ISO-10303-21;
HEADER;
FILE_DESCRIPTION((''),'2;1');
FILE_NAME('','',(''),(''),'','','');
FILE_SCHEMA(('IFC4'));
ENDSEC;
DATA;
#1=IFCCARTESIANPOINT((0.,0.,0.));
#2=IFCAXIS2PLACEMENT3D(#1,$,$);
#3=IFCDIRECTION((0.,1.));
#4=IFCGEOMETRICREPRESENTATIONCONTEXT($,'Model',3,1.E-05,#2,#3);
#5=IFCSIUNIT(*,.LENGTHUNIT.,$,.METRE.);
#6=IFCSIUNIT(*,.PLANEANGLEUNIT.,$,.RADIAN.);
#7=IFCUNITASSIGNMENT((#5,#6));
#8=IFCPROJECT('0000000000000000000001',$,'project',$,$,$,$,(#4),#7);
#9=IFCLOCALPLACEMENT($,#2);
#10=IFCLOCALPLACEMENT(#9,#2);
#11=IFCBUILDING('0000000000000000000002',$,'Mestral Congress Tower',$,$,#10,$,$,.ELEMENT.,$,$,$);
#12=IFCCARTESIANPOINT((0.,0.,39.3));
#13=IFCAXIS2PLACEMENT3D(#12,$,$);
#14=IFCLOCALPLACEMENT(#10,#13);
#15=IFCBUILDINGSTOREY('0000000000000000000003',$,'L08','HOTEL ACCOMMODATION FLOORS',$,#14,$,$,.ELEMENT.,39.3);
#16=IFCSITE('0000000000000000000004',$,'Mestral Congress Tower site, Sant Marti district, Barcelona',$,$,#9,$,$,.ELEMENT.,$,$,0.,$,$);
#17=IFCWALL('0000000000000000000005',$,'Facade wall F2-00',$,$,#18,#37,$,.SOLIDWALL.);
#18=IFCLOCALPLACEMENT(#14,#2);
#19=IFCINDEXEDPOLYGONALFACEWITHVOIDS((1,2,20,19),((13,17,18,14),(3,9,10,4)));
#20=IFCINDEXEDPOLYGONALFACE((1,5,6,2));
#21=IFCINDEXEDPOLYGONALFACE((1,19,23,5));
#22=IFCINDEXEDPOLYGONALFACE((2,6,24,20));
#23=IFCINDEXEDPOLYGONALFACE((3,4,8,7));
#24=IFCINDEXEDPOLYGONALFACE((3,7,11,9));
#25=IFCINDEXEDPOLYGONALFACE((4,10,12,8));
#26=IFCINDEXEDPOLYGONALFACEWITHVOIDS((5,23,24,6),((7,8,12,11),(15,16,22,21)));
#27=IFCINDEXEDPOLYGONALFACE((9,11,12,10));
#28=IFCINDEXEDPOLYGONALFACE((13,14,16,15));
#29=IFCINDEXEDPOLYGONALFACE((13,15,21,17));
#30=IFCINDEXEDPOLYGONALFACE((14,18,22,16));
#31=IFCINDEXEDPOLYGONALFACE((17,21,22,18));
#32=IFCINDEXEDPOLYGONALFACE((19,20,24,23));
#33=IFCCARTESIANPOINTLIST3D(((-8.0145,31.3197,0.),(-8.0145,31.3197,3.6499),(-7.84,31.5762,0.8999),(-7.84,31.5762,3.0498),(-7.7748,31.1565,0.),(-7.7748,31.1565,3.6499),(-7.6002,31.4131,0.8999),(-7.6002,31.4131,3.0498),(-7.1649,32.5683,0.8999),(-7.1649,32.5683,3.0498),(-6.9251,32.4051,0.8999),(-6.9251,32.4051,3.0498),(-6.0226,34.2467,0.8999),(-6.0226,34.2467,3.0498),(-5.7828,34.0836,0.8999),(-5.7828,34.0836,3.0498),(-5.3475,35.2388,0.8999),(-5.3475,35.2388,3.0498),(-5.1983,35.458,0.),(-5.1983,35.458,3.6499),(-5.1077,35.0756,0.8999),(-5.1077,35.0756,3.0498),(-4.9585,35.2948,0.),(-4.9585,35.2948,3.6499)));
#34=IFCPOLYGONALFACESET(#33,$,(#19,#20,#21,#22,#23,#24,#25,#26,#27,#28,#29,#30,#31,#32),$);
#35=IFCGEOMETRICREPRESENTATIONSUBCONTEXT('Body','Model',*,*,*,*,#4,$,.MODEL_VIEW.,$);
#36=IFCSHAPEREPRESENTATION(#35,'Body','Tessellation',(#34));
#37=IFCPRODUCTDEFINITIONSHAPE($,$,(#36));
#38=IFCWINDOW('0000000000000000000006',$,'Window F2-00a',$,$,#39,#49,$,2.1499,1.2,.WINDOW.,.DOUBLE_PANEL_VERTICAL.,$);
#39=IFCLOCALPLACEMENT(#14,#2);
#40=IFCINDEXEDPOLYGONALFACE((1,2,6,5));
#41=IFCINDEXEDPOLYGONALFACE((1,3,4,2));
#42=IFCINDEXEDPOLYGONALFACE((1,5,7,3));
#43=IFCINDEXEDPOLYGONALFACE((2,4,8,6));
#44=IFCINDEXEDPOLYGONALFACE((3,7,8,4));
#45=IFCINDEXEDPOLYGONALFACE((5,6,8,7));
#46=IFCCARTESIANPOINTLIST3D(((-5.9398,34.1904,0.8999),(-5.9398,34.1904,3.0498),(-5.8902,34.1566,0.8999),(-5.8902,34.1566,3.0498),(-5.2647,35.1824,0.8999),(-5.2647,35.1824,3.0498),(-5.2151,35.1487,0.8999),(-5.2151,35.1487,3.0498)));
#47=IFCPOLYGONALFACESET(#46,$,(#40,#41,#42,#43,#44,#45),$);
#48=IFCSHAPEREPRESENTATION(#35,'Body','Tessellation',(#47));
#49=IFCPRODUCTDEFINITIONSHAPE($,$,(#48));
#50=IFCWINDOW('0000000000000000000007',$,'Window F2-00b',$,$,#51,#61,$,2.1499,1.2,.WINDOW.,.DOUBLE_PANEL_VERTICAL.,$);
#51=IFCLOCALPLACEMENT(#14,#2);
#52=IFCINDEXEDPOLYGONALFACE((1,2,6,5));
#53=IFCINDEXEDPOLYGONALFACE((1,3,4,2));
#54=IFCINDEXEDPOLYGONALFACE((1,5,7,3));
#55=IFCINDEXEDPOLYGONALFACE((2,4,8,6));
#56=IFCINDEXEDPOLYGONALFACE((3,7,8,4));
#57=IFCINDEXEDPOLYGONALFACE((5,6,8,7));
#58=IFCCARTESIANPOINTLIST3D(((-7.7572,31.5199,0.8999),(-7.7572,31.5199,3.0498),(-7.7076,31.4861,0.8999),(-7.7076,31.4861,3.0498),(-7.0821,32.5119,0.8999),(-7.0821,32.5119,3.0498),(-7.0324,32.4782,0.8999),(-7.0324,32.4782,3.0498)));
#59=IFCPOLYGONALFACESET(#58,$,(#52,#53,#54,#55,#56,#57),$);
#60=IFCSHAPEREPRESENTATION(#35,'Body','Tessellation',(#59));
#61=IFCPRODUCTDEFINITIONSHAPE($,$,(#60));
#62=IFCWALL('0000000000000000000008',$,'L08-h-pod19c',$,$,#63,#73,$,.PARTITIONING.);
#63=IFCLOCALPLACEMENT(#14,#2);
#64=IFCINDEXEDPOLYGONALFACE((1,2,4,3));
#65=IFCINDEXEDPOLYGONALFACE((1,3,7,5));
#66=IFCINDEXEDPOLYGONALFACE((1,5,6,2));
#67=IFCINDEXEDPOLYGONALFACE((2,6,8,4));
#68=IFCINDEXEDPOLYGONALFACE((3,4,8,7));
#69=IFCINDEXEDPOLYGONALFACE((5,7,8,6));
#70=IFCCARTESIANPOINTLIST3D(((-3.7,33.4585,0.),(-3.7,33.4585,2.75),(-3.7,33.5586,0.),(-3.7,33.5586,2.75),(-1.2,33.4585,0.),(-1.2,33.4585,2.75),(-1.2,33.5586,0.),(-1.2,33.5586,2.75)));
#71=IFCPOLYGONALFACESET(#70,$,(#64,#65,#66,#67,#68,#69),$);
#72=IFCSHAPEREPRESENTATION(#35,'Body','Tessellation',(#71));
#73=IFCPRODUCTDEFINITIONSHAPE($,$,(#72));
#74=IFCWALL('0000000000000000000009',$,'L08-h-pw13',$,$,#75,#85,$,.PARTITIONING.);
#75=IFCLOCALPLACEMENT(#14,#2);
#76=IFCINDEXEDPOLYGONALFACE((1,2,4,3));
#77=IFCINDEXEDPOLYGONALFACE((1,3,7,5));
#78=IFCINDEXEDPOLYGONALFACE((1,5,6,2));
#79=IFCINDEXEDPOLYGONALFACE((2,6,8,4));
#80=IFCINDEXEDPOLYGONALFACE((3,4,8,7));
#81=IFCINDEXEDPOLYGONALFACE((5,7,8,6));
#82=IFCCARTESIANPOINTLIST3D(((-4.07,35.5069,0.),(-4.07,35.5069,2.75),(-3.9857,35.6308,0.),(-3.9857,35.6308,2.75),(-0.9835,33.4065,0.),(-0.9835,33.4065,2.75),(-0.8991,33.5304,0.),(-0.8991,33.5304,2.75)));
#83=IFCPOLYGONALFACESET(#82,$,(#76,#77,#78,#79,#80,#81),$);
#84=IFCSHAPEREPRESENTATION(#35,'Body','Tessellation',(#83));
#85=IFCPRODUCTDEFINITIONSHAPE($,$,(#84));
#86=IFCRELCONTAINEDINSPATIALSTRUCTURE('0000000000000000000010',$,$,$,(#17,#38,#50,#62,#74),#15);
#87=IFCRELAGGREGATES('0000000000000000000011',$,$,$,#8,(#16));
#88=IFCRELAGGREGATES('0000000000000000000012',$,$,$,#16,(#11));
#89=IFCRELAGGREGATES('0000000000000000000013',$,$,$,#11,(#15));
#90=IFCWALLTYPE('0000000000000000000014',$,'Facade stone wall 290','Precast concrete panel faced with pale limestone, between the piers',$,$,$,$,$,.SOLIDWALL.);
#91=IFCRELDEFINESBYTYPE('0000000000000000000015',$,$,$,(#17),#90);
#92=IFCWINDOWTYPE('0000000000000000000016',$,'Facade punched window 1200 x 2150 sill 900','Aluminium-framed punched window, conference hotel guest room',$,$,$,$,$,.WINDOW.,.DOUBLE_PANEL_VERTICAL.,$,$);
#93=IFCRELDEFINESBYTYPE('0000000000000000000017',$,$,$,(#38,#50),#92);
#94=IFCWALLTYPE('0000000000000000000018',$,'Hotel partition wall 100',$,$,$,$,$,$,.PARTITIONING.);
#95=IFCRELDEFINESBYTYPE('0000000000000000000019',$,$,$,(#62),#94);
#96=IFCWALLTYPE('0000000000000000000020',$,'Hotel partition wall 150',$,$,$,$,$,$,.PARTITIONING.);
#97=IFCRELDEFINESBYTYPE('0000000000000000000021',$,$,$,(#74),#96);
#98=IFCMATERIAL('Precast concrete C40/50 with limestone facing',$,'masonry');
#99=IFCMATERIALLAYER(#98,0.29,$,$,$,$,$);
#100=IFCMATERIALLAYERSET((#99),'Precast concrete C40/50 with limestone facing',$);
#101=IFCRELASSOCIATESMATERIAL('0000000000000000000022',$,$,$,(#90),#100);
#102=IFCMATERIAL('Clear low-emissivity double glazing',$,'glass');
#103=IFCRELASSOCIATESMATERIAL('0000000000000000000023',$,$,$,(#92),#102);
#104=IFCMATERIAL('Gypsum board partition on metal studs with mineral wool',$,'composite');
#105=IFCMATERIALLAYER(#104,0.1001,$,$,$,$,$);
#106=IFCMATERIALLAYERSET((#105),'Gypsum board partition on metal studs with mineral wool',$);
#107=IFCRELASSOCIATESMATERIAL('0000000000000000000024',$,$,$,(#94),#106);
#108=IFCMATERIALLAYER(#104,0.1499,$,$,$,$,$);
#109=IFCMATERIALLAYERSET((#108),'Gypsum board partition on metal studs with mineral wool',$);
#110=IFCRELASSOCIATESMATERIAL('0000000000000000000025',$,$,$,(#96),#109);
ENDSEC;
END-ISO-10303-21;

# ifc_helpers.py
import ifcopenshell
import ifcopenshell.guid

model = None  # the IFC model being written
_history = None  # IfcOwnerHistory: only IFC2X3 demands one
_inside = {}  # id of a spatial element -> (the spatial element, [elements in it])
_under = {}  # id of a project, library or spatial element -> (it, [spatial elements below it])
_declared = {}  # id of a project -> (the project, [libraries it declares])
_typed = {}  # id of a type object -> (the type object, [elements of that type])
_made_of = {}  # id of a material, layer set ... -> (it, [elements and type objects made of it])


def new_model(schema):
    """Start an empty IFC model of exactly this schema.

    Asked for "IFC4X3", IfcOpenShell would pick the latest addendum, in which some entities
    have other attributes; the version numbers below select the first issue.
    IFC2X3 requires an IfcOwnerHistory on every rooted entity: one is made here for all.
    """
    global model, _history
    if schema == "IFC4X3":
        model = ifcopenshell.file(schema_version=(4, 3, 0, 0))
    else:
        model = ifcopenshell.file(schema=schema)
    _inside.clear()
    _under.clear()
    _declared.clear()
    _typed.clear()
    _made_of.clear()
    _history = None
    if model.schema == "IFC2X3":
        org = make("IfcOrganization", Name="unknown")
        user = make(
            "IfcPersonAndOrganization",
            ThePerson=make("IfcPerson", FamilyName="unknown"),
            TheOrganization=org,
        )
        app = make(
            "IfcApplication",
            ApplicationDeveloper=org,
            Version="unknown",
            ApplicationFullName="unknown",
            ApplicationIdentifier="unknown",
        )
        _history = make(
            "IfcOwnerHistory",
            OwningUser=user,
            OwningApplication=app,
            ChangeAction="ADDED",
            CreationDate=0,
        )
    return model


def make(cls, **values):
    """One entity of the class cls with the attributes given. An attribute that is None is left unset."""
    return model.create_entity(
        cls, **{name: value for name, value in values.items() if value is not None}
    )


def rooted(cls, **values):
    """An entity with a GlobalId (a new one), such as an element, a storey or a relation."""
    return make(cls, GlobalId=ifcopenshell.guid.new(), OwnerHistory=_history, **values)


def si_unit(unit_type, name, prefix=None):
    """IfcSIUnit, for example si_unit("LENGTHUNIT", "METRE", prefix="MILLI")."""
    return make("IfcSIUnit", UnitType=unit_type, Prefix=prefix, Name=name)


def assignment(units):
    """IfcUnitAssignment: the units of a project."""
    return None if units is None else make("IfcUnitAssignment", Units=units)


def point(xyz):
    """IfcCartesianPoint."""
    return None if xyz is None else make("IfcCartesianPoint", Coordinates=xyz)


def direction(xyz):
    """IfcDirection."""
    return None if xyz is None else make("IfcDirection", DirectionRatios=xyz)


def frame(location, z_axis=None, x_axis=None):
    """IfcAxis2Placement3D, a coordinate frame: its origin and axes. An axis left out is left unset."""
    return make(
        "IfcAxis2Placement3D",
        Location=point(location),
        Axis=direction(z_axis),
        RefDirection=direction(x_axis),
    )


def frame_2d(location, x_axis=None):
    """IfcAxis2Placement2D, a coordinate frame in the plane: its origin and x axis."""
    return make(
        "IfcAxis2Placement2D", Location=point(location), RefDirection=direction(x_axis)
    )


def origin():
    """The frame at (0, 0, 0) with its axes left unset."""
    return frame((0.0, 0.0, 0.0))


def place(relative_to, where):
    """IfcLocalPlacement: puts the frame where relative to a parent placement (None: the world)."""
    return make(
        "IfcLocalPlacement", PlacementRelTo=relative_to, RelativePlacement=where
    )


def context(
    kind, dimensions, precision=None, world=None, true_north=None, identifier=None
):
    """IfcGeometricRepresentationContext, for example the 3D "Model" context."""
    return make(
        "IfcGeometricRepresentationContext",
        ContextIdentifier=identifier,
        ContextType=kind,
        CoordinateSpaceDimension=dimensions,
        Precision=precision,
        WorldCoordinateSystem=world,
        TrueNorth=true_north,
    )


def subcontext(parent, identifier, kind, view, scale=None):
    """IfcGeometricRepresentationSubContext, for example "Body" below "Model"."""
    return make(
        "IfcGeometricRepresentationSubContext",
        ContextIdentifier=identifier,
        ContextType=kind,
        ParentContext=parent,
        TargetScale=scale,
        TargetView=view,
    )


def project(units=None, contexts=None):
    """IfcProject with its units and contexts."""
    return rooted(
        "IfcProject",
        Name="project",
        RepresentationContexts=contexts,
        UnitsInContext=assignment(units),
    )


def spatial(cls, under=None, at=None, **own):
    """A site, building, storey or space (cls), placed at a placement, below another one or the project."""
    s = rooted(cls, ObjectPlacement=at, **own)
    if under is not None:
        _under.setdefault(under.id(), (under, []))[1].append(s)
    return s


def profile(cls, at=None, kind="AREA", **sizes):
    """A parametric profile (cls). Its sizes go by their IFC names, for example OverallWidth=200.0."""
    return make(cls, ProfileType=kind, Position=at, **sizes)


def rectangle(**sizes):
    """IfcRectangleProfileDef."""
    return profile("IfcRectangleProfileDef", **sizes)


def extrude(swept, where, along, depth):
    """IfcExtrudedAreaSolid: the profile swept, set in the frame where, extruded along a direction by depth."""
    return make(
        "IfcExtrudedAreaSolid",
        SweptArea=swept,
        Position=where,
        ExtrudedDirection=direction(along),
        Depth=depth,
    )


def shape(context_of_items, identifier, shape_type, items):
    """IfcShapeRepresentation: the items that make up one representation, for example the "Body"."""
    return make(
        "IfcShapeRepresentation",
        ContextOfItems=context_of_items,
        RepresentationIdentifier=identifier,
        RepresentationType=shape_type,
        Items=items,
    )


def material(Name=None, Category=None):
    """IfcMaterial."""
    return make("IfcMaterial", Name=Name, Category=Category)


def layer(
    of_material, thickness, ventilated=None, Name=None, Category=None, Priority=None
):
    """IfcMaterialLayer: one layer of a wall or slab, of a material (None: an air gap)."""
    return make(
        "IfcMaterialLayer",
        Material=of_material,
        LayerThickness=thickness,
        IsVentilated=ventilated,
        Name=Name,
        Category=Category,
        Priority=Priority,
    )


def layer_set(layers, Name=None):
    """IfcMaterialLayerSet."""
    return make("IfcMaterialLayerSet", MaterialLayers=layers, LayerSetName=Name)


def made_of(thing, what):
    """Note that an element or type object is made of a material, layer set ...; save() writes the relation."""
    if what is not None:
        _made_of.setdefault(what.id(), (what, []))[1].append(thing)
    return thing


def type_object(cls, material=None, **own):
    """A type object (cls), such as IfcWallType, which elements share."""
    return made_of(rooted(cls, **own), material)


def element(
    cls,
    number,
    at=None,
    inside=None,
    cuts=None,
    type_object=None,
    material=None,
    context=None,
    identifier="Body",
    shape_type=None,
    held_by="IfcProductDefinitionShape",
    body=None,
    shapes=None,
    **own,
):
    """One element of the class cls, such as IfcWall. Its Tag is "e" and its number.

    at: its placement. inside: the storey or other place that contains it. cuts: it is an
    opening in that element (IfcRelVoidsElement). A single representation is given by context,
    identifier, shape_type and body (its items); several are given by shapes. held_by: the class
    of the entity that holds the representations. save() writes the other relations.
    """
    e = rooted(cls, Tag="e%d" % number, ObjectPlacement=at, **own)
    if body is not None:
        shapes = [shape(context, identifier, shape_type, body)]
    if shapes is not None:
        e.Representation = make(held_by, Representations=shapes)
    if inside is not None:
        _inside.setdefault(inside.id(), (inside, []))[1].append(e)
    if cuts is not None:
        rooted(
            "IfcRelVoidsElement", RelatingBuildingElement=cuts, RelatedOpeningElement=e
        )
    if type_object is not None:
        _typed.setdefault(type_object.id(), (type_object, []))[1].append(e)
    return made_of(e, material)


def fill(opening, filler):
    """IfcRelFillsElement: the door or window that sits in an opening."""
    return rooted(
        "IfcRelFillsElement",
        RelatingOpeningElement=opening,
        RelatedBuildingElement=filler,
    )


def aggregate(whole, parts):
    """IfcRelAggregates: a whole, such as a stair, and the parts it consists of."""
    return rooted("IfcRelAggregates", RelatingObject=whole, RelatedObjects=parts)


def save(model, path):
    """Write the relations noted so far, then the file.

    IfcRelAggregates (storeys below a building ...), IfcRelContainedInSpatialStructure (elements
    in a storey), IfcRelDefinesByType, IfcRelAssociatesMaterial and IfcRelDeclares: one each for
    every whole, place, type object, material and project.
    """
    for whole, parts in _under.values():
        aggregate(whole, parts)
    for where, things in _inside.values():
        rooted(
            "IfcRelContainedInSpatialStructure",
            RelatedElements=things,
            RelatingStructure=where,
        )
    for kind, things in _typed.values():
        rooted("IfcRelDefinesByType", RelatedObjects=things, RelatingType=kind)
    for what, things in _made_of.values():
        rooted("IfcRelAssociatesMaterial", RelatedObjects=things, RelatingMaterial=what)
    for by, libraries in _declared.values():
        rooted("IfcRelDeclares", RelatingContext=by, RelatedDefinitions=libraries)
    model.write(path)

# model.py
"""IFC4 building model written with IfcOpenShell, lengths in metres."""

from ifc_helpers import new_model, si_unit, direction, frame, frame_2d, origin, place, context, subcontext, project, spatial, rectangle, extrude, material, layer, layer_set, type_object, element, fill, save


model = new_model("IFC4")

# Units and contexts
model_context = context("Model", 3, precision=1e-05, world=origin(), true_north=direction((0.0, 1.0)))
body_context = subcontext(model_context, "Body", "Model", "MODEL_VIEW")
ifc_project = project(units=[si_unit("LENGTHUNIT", "METRE"), si_unit("PLANEANGLEUNIT", "RADIAN")], contexts=[model_context])

# Site, building, storey
site_placement = place(None, origin())
site = spatial("IfcSite", under=ifc_project, at=site_placement, Name="Mestral Congress Tower site, Sant Marti district, Barcelona", CompositionType="ELEMENT", RefElevation=0.0)
building_placement = place(site_placement, origin())
building = spatial("IfcBuilding", under=site, at=building_placement, Name="Mestral Congress Tower", CompositionType="ELEMENT")
storey_placement = place(building_placement, frame((0.0, 0.0, 39.3)))
storey = spatial("IfcBuildingStorey", under=building, at=storey_placement, Name="L08", Description="HOTEL ACCOMMODATION FLOORS", CompositionType="ELEMENT", Elevation=39.3)

# Shared definitions
ifc_material_1 = material(Name="Precast concrete C40/50 with limestone facing", Category="masonry")
ifc_layer_1 = layer(ifc_material_1, 0.29)
ifc_layer_set_1 = layer_set([ifc_layer_1], Name="Precast concrete C40/50 with limestone facing")
wall_type_1 = type_object("IfcWallType", Name="Facade stone wall 290", Description="Precast concrete panel faced with pale limestone, between the piers", PredefinedType="SOLIDWALL", material=ifc_layer_set_1)
ifc_material_2 = material(Name="Clear low-emissivity double glazing", Category="glass")

# Wall, openings, windows
wall_1_placement = place(storey_placement, frame((-5.0784, 35.3765, 0.0), z_axis=(0.0, 0.0, 1.0), x_axis=(-0.56261, -0.826722, 0.0)))
wall_1 = element("IfcWall", 1, at=wall_1_placement, inside=storey, type_object=wall_type_1, Name="Facade wall F2-00", PredefinedType="SOLIDWALL", context=body_context, shape_type="SweptSolid", body=[
    extrude(rectangle(XDim=5.0056, YDim=0.29, at=frame_2d((2.5029, 0.0))), origin(), (0.0, 0.0, 1.0), 3.6499),
])
opening_1_placement = place(wall_1_placement, frame((0.2651, 0.0, 0.8999)))
opening_1 = element("IfcOpeningElement", 2, at=opening_1_placement, cuts=wall_1, PredefinedType="OPENING", context=body_context, shape_type="SweptSolid", body=[
    extrude(rectangle(XDim=1.2, YDim=2.1499, at=frame_2d((0.6001, 1.075))), frame((0.0, 0.155, 0.0), z_axis=(0.0, -1.0, 0.0), x_axis=(1.0, 0.0, 0.0)), (0.0, 0.0, 1.0), 0.3101),
])
opening_2_placement = place(wall_1_placement, frame((3.4954, 0.0, 0.8999)))
opening_2 = element("IfcOpeningElement", 3, at=opening_2_placement, cuts=wall_1, PredefinedType="OPENING", context=body_context, shape_type="SweptSolid", body=[
    extrude(rectangle(XDim=1.2, YDim=2.1499, at=frame_2d((0.6001, 1.075))), frame((0.0, 0.155, 0.0), z_axis=(0.0, -1.0, 0.0), x_axis=(1.0, 0.0, 0.0)), (0.0, 0.0, 1.0), 0.3101),
])
window_type_1 = type_object("IfcWindowType", Name="Facade punched window 1200 x 2150 sill 900", Description="Aluminium-framed punched window, conference hotel guest room", PartitioningType="DOUBLE_PANEL_VERTICAL", PredefinedType="WINDOW", material=ifc_material_2)
window_1_placement = place(opening_1_placement, origin())
window_1 = element("IfcWindow", 4, at=window_1_placement, inside=storey, type_object=window_type_1, Name="Window F2-00a", OverallHeight=2.1499, OverallWidth=1.2, PartitioningType="DOUBLE_PANEL_VERTICAL", PredefinedType="WINDOW", context=body_context, shape_type="SweptSolid", body=[
    extrude(rectangle(XDim=1.2, YDim=2.1499, at=frame_2d((0.6001, 1.075))), frame((0.0, 0.0151, 0.0), z_axis=(0.0, -1.0, 0.0), x_axis=(1.0, 0.0, 0.0)), (0.0, 0.0, 1.0), 0.0601),
])
fill(opening_1, window_1)
window_2_placement = place(opening_2_placement, origin())
window_2 = element("IfcWindow", 5, at=window_2_placement, inside=storey, type_object=window_type_1, Name="Window F2-00b", OverallHeight=2.1499, OverallWidth=1.2, PartitioningType="DOUBLE_PANEL_VERTICAL", PredefinedType="WINDOW", context=body_context, shape_type="SweptSolid", body=[
    extrude(rectangle(XDim=1.2, YDim=2.1499, at=frame_2d((0.6001, 1.075))), frame((0.0, 0.0151, 0.0), z_axis=(0.0, -1.0, 0.0), x_axis=(1.0, 0.0, 0.0)), (0.0, 0.0, 1.0), 0.0601),
])
fill(opening_2, window_2)

# Walls
ifc_material_3 = material(Name="Gypsum board partition on metal studs with mineral wool", Category="composite")
ifc_layer_2 = layer(ifc_material_3, 0.1001)
ifc_layer_set_2 = layer_set([ifc_layer_2], Name="Gypsum board partition on metal studs with mineral wool")
wall_type_2 = type_object("IfcWallType", Name="Hotel partition wall 100", PredefinedType="PARTITIONING", material=ifc_layer_set_2)
wall_2_placement = place(storey_placement, frame((-1.2, 33.5085, 0.0), z_axis=(0.0, 0.0, 1.0), x_axis=(-1.0, 0.0, 0.0)))
element("IfcWall", 6, at=wall_2_placement, inside=storey, type_object=wall_type_2, Name="L08-h-pod19c", PredefinedType="PARTITIONING", context=body_context, shape_type="SweptSolid", body=[
    extrude(rectangle(XDim=2.5, YDim=0.1001, at=frame_2d((1.25, 0.0))), origin(), (0.0, 0.0, 1.0), 2.75),
])
ifc_layer_3 = layer(ifc_material_3, 0.1499)
ifc_layer_set_3 = layer_set([ifc_layer_3], Name="Gypsum board partition on metal studs with mineral wool")
wall_type_3 = type_object("IfcWallType", Name="Hotel partition wall 150", PredefinedType="PARTITIONING", material=ifc_layer_set_3)
wall_3_placement = place(storey_placement, frame((-4.0278, 35.5688, 0.0), z_axis=(0.0, 0.0, 1.0), x_axis=(0.826731, -0.562598, 0.0)))
element("IfcWall", 7, at=wall_3_placement, inside=storey, type_object=wall_type_3, Name="L08-h-pw13", PredefinedType="PARTITIONING", context=body_context, shape_type="SweptSolid", body=[
    extrude(rectangle(XDim=3.7334, YDim=0.1499, at=frame_2d((1.8667, 0.0))), origin(), (0.0, 0.0, 1.0), 2.75),
])

save(model, "model.ifc")
